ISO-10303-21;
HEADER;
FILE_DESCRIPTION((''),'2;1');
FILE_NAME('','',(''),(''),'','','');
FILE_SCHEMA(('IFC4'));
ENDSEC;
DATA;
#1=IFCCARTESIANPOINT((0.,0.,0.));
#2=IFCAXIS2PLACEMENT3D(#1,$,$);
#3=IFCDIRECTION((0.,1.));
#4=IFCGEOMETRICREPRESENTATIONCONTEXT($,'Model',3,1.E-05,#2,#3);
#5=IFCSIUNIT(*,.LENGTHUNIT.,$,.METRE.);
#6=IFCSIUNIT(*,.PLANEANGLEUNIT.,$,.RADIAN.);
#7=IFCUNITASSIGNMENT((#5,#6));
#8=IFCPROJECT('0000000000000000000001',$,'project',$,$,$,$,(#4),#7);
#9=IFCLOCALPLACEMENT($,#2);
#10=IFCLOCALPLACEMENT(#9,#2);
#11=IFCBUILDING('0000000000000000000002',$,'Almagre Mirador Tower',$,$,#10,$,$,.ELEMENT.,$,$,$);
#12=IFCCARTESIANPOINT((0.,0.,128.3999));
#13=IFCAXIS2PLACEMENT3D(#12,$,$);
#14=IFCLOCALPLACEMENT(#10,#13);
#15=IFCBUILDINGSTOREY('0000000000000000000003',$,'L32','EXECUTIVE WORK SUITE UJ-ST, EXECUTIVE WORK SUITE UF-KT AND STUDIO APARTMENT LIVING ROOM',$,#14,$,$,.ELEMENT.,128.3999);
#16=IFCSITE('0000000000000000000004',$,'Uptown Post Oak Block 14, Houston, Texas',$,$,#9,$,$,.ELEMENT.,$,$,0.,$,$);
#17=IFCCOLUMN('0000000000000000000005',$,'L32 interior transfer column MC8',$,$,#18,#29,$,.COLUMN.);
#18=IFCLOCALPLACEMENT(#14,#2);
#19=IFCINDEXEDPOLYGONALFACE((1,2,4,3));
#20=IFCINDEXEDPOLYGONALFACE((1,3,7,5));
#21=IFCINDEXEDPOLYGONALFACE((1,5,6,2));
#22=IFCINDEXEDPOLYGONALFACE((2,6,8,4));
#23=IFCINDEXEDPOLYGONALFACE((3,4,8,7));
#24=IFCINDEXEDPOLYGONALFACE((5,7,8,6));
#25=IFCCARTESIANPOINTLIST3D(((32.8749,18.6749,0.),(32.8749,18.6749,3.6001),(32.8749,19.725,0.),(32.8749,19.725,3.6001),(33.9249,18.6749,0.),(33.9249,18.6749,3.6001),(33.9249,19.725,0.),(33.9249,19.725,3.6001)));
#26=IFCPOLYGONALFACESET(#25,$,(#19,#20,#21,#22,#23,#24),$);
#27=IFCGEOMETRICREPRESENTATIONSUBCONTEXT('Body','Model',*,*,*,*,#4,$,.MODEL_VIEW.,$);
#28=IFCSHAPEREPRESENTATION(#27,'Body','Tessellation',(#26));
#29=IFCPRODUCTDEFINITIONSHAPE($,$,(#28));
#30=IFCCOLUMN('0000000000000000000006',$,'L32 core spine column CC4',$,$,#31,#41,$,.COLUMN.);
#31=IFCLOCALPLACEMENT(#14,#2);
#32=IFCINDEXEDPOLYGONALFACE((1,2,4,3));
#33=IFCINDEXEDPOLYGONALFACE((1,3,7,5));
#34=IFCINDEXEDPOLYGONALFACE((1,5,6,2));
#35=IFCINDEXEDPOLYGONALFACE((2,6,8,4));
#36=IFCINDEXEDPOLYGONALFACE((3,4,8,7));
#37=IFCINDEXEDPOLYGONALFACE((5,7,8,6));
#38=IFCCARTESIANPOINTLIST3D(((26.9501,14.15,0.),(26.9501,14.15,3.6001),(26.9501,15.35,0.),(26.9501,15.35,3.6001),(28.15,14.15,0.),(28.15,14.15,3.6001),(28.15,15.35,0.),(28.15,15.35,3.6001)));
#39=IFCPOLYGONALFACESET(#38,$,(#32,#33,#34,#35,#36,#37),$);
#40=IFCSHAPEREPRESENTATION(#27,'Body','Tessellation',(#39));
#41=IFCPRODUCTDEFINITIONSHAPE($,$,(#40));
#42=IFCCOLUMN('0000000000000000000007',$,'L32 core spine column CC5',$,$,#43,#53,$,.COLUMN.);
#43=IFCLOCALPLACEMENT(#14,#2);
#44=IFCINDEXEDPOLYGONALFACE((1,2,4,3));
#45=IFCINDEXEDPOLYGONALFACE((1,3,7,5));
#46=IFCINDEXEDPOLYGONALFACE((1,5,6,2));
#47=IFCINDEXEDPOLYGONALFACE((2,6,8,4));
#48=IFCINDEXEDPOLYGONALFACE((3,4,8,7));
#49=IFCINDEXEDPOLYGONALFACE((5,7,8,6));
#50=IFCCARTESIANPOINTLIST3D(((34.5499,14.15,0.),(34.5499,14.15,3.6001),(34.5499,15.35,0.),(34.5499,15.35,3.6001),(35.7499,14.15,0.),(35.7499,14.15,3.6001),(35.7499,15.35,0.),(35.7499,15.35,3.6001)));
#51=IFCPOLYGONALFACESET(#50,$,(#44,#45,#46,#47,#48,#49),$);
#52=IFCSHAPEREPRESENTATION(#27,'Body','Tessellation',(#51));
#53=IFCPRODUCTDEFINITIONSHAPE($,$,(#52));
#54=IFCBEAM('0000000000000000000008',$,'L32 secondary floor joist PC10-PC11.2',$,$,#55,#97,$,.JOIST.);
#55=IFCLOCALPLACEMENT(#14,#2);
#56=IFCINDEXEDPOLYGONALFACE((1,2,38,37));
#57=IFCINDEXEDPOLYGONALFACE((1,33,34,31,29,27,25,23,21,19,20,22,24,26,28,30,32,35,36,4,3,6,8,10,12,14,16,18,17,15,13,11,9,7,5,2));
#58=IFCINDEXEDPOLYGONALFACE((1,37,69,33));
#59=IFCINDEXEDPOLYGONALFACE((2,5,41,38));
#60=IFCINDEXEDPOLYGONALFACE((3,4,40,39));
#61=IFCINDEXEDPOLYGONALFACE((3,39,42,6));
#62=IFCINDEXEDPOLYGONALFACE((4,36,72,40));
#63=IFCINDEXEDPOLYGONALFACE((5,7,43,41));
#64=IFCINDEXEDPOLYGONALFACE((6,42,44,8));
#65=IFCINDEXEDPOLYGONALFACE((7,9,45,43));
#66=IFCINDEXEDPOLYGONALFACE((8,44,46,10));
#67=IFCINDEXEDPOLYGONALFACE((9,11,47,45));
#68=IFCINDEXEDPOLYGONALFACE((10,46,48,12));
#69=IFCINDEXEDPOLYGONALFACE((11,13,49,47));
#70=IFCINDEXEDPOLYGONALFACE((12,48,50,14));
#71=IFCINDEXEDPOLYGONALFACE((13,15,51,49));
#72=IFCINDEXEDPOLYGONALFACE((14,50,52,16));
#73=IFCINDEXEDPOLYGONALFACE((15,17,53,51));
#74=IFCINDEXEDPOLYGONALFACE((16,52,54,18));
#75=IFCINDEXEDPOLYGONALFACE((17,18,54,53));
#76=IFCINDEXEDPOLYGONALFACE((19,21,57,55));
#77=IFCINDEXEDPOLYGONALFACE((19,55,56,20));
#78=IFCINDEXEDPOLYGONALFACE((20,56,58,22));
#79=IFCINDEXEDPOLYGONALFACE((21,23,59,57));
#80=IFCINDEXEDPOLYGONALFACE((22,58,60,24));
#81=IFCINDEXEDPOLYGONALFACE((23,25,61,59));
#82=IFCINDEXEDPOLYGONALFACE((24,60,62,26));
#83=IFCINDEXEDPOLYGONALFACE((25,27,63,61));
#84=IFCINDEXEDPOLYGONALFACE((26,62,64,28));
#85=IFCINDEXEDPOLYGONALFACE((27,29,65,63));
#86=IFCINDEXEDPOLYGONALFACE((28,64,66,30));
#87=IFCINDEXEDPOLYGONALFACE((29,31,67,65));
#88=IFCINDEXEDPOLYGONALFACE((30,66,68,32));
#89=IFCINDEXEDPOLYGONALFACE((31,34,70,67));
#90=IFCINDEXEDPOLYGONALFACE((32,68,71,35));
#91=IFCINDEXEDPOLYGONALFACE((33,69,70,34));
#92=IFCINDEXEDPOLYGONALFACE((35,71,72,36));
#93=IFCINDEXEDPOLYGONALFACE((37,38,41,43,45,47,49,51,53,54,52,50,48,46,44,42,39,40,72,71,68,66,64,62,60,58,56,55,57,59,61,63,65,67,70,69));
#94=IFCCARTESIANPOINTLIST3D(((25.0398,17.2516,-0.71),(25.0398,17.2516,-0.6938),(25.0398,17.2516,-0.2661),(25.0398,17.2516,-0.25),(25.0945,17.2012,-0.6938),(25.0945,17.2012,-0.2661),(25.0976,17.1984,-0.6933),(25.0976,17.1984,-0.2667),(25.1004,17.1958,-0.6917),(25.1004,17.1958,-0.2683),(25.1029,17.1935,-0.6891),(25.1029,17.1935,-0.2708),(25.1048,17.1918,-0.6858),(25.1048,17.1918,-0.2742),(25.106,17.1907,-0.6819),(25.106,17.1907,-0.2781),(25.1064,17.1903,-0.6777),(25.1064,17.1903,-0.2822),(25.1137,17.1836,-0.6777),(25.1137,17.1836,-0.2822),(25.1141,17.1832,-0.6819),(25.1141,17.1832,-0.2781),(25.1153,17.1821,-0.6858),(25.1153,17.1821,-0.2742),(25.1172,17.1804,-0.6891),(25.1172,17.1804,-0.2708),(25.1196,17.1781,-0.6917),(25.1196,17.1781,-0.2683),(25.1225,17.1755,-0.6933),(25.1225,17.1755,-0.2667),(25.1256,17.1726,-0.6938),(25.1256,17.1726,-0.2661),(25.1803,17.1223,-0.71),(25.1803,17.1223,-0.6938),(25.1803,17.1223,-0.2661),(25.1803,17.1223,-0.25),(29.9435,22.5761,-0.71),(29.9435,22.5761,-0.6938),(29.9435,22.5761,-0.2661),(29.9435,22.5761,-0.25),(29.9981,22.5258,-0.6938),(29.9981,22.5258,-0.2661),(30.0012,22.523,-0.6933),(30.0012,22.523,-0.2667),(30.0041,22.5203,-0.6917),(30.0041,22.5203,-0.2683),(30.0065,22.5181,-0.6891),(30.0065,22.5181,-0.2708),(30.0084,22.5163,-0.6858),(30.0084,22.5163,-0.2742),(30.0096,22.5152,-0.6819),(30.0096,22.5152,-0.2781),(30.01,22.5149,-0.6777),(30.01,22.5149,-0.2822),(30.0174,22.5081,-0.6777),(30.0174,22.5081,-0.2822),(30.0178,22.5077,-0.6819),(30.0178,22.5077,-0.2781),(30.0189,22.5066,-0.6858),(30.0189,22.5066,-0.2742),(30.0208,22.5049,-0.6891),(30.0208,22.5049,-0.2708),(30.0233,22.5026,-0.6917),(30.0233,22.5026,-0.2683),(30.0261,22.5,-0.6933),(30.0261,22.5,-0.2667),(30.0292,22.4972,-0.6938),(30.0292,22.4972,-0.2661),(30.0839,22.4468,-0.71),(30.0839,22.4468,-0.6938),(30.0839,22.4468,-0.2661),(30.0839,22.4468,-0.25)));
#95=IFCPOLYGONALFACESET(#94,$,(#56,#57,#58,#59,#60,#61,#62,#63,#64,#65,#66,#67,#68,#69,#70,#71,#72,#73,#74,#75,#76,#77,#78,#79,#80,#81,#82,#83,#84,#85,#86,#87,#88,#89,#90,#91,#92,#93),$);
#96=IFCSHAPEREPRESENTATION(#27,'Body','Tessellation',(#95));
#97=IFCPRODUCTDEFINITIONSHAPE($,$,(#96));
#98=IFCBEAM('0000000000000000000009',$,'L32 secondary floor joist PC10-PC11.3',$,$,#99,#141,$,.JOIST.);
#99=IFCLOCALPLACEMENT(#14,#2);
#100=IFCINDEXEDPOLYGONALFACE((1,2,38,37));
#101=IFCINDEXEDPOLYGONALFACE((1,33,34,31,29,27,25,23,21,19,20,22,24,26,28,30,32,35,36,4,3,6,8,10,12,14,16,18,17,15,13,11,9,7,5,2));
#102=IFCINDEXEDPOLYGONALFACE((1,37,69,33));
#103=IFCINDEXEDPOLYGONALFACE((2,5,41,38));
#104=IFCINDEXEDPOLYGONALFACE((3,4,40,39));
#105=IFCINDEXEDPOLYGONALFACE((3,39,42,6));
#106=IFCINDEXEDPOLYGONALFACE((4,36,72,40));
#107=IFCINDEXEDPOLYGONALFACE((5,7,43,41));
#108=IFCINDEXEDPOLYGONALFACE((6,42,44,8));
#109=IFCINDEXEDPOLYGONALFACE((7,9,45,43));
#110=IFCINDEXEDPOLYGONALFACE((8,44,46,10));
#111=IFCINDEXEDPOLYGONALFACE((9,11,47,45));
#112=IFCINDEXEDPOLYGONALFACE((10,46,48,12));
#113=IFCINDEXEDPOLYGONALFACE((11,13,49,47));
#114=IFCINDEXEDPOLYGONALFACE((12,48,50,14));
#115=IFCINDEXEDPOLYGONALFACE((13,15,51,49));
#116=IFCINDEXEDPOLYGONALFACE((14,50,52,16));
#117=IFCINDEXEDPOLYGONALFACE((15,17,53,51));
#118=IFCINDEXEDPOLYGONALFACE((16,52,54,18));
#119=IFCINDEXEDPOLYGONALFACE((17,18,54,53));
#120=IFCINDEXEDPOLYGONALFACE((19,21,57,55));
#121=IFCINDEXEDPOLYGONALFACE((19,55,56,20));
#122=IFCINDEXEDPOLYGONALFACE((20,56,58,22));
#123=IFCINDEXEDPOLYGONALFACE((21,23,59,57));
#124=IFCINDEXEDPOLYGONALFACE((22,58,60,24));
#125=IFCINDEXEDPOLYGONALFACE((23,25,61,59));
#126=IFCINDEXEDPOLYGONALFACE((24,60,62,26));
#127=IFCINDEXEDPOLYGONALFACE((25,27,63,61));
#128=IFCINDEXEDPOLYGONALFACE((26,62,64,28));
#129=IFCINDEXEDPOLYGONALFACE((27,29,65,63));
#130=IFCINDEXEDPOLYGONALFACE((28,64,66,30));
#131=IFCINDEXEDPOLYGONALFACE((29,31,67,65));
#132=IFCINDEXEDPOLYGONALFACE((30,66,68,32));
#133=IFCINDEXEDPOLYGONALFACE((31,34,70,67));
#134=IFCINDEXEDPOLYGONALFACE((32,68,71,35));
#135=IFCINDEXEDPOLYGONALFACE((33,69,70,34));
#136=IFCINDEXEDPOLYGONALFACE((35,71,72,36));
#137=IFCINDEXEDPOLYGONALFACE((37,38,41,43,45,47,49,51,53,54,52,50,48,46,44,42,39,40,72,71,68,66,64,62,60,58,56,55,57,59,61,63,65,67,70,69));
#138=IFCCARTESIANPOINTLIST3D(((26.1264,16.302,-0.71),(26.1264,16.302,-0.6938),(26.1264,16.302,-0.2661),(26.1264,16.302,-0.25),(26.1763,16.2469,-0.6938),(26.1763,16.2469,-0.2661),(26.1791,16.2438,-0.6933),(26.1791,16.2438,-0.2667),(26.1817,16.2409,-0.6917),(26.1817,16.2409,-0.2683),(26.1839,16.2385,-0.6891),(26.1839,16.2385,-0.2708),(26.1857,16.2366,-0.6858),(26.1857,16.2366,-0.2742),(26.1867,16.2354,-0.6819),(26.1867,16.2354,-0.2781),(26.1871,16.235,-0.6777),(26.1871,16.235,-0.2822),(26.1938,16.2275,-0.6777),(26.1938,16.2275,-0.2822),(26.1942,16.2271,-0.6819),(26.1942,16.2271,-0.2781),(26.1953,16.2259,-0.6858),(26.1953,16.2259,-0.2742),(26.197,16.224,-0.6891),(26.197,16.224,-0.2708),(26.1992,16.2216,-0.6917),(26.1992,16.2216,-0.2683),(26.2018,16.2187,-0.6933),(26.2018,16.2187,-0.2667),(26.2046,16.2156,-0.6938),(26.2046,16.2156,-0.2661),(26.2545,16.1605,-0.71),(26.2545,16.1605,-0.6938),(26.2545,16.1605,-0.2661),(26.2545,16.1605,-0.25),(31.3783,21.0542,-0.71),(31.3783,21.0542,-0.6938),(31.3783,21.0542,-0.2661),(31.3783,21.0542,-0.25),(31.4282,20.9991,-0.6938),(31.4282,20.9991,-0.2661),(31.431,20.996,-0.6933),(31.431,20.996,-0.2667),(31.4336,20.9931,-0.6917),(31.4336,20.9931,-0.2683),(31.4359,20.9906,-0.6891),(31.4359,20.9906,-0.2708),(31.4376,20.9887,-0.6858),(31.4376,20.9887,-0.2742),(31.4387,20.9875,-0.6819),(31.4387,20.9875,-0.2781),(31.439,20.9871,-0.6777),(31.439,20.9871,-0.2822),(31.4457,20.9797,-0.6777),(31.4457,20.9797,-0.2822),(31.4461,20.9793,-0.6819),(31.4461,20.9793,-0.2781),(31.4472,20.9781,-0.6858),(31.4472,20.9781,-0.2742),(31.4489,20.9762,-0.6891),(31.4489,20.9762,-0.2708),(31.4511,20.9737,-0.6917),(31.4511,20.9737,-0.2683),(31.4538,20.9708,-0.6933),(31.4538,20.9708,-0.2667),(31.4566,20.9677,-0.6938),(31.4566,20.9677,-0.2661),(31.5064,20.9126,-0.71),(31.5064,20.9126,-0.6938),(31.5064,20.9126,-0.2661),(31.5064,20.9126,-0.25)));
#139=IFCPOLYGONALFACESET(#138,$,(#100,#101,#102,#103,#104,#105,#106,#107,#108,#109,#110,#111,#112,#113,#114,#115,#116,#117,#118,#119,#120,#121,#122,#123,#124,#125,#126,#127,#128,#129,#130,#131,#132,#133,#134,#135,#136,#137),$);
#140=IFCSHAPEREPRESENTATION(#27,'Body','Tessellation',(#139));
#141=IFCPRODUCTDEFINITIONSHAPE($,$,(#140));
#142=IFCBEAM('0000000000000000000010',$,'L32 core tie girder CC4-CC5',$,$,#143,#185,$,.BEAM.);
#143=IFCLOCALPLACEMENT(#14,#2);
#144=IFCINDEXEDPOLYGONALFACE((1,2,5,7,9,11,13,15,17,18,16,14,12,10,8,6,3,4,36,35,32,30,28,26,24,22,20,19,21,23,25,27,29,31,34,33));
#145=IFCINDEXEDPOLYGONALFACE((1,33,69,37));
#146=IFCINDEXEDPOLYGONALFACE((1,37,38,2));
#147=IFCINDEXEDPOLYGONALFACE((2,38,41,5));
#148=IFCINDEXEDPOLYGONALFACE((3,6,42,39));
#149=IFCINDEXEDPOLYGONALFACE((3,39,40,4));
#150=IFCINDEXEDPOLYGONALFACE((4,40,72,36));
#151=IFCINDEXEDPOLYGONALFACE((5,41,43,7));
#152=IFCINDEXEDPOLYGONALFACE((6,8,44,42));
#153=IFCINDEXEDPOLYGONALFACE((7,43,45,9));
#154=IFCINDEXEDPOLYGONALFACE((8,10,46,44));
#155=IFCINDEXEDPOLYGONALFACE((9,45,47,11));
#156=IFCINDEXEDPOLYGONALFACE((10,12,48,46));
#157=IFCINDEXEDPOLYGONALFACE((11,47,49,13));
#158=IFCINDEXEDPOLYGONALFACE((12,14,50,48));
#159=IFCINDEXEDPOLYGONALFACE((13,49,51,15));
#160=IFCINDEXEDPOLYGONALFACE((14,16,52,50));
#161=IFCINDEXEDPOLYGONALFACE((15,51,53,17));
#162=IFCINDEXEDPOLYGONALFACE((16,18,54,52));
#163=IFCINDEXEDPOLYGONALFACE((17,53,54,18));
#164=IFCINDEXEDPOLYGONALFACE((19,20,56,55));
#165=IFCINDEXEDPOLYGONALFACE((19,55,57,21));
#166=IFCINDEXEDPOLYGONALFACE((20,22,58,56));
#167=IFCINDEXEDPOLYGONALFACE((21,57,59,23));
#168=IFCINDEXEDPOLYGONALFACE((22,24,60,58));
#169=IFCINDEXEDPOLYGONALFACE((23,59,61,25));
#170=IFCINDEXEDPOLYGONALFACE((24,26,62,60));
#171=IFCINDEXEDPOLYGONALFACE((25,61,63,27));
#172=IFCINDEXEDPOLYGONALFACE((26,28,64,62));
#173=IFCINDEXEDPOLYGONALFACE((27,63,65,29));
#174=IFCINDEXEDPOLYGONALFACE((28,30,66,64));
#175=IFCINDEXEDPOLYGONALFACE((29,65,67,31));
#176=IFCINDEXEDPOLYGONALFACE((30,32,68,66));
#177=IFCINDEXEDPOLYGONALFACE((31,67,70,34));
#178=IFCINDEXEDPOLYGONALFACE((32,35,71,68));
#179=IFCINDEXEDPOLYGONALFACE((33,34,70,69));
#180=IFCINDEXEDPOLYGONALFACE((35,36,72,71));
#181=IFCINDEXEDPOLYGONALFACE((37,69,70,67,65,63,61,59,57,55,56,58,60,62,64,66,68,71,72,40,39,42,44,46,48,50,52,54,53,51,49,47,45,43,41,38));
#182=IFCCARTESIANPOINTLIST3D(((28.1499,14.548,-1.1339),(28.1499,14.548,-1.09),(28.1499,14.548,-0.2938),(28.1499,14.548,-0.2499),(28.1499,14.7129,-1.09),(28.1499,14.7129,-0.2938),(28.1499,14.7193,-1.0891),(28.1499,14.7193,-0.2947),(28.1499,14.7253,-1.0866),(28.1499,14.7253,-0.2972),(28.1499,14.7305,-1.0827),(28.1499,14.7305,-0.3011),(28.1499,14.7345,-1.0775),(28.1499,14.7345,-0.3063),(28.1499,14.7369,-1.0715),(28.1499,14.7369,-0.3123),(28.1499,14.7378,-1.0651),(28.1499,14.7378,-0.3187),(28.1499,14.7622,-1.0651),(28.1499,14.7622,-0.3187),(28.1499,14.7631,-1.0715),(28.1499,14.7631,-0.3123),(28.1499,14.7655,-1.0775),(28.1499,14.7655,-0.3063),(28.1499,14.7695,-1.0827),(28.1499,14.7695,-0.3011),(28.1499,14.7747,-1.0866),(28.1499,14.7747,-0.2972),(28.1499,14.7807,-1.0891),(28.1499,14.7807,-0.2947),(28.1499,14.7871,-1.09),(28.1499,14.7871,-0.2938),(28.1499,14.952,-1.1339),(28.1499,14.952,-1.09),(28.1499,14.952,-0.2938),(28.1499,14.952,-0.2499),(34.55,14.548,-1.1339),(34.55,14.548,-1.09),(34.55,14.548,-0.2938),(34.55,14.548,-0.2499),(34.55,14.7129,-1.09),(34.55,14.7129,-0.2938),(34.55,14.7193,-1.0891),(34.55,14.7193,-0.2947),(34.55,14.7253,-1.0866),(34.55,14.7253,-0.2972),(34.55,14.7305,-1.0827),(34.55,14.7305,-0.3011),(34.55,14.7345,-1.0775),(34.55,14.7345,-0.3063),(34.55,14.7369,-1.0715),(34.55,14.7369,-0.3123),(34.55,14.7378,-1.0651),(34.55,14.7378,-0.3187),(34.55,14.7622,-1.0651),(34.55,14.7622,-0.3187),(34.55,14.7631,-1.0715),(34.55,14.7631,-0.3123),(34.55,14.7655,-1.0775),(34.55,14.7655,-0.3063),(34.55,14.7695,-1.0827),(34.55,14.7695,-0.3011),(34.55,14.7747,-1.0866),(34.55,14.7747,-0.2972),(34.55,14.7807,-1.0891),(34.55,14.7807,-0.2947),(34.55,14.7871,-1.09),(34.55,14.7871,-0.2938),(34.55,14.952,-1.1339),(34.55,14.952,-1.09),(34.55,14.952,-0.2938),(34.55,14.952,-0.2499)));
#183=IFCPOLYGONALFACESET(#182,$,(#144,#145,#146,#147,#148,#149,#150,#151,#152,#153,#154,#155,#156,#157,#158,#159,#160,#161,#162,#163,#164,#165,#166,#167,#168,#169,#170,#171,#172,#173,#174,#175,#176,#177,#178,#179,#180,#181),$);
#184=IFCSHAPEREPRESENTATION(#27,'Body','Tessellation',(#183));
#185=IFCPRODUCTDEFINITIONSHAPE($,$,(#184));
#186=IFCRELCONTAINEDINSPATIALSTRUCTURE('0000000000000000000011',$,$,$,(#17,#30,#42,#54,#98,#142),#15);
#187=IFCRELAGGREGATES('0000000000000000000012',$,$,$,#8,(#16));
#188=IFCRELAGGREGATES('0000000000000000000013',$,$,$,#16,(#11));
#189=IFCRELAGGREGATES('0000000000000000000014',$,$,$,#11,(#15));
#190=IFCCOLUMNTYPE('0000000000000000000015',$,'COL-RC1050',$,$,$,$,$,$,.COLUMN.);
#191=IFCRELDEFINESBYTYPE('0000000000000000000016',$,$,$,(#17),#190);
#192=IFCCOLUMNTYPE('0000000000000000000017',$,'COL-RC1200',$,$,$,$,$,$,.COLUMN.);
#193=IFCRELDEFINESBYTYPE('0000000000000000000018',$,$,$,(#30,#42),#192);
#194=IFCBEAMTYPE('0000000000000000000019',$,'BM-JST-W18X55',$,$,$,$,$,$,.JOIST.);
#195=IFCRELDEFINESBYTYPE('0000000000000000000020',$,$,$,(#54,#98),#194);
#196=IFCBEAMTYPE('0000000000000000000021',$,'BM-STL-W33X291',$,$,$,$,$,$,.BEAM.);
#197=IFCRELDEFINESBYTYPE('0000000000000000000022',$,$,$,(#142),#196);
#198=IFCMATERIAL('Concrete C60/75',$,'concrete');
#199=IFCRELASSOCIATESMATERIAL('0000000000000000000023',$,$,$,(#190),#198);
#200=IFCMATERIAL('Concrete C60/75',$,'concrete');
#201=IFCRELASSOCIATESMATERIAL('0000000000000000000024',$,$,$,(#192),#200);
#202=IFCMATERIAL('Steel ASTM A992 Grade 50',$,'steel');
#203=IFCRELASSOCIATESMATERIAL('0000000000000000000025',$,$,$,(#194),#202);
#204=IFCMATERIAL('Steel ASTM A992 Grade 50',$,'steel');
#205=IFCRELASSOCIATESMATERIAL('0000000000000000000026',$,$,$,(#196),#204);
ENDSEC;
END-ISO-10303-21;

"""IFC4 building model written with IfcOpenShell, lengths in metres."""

from ifc_helpers import new_model, si_unit, direction, frame, origin, origin_2d, place, context, subcontext, project, spatial, rectangle, i_section, extrude, material, material_profile, profile_set, type_object, element, save


model = new_model("IFC4")

# Units and contexts
model_context = context("Model", 3, precision=1e-05, world=origin(), true_north=direction((0.0, 1.0)))
body_context = subcontext(model_context, "Body", "Model", "MODEL_VIEW")
ifc_project = project(units=[si_unit("LENGTHUNIT", "METRE"), si_unit("PLANEANGLEUNIT", "RADIAN")], contexts=[model_context])

# Site, building, storey
site_placement = place(None, origin())
site = spatial("IfcSite", under=ifc_project, at=site_placement, Name="Uptown Post Oak Block 14, Houston, Texas", CompositionType="ELEMENT", RefElevation=0.0)
building_placement = place(site_placement, origin())
building = spatial("IfcBuilding", under=site, at=building_placement, Name="Almagre Mirador Tower", CompositionType="ELEMENT")
storey_placement = place(building_placement, frame((0.0, 0.0, 128.3999)))
storey = spatial("IfcBuildingStorey", under=building, at=storey_placement, Name="L32", Description="EXECUTIVE WORK SUITE UJ-ST, EXECUTIVE WORK SUITE UF-KT AND STUDIO APARTMENT LIVING ROOM", CompositionType="ELEMENT", Elevation=128.3999)

# Columns
ifc_material_1 = material(Name="Concrete C60/75", Category="concrete")
ifc_material_profile_1 = material_profile(ifc_material_1, rectangle(XDim=1.05, YDim=1.05, at=origin_2d()), Name="RC1050X1050")
ifc_profile_set_1 = profile_set([ifc_material_profile_1], Name="Concrete C60/75")
column_type_1 = type_object("IfcColumnType", Name="COL-RC1050", PredefinedType="COLUMN", material=ifc_profile_set_1)
column_placement = place(storey_placement, frame((33.3999, 19.2, 0.0), z_axis=(0.0, 0.0, 1.0), x_axis=(1.0, 0.0, 0.0)))
element("IfcColumn", 1, at=column_placement, inside=storey, type_object=column_type_1, Name="L32 interior transfer column MC8", PredefinedType="COLUMN", context=body_context, shape_type="SweptSolid", body=[
    extrude(rectangle(XDim=1.05, YDim=1.05, at=origin_2d()), origin(), (0.0, 0.0, 1.0), 3.6001),
])
ifc_material_2 = material(Name="Concrete C60/75", Category="concrete")
ifc_material_profile_2 = material_profile(ifc_material_2, rectangle(XDim=1.2, YDim=1.2, at=origin_2d()), Name="RC1200X1200")
ifc_profile_set_2 = profile_set([ifc_material_profile_2], Name="Concrete C60/75")
column_type_2 = type_object("IfcColumnType", Name="COL-RC1200", PredefinedType="COLUMN", material=ifc_profile_set_2)
for number, where, z_axis, x_axis, name in (
    (2, (27.55, 14.75, 0.0), (0.0, 0.0, 1.0), (1.0, 0.0, 0.0), "L32 core spine column CC4"),
    (3, (35.1499, 14.75, 0.0), (0.0, 0.0, 1.0), (1.0, 0.0, 0.0), "L32 core spine column CC5"),
):
    element("IfcColumn", number, at=place(storey_placement, frame(where, z_axis=z_axis, x_axis=x_axis)), inside=storey, type_object=column_type_2, Name=name, PredefinedType="COLUMN", context=body_context, shape_type="SweptSolid", body=[
        extrude(rectangle(XDim=1.2, YDim=1.2, at=origin_2d()), origin(), (0.0, 0.0, 1.0), 3.6001),
    ])

# Beams
ifc_material_3 = material(Name="Steel ASTM A992 Grade 50", Category="steel")
ifc_material_profile_3 = material_profile(ifc_material_3, i_section(OverallWidth=0.1909, OverallDepth=0.46, WebThickness=0.01, FlangeThickness=0.0161, FilletRadius=0.0161, at=origin_2d()), Name="W18X55")
ifc_profile_set_3 = profile_set([ifc_material_profile_3], Name="Steel ASTM A992 Grade 50")
beam_type_1 = type_object("IfcBeamType", Name="BM-JST-W18X55", PredefinedType="JOIST", material=ifc_profile_set_3)
beam_1_placement = place(storey_placement, frame((30.0137, 22.5115, -0.48), z_axis=(-0.677435, -0.735583, 0.0), x_axis=(0.735583, -0.677435, 0.0)))
element("IfcBeam", 4, at=beam_1_placement, inside=storey, type_object=beam_type_1, Name="L32 secondary floor joist PC10-PC11.2", PredefinedType="JOIST", context=body_context, shape_type="SweptSolid", body=[
    extrude(i_section(OverallWidth=0.1909, OverallDepth=0.46, WebThickness=0.01, FlangeThickness=0.0161, FilletRadius=0.0161, at=origin_2d()), origin(), (0.0, 0.0, 1.0), 7.2385),
])
beam_2_placement = place(storey_placement, frame((31.4424, 20.9834, -0.48), z_axis=(-0.741506, -0.670947, 0.0), x_axis=(0.670947, -0.741506, 0.0)))
element("IfcBeam", 5, at=beam_2_placement, inside=storey, type_object=beam_type_1, Name="L32 secondary floor joist PC10-PC11.3", PredefinedType="JOIST", context=body_context, shape_type="SweptSolid", body=[
    extrude(i_section(OverallWidth=0.1909, OverallDepth=0.46, WebThickness=0.01, FlangeThickness=0.0161, FilletRadius=0.0161, at=origin_2d()), origin(), (0.0, 0.0, 1.0), 7.0828),
])
ifc_material_4 = material(Name="Steel ASTM A992 Grade 50", Category="steel")
ifc_material_profile_4 = material_profile(ifc_material_4, i_section(OverallWidth=0.4041, OverallDepth=0.884, WebThickness=0.0244, FlangeThickness=0.0439, FilletRadius=0.0249, at=origin_2d()), Name="W33X291")
ifc_profile_set_4 = profile_set([ifc_material_profile_4], Name="Steel ASTM A992 Grade 50")
beam_type_2 = type_object("IfcBeamType", Name="BM-STL-W33X291", PredefinedType="BEAM", material=ifc_profile_set_4)
beam_3_placement = place(storey_placement, frame((28.1499, 14.75, -0.6919), z_axis=(1.0, 0.0, 0.0), x_axis=(0.0, 1.0, 0.0)))
element("IfcBeam", 6, at=beam_3_placement, inside=storey, type_object=beam_type_2, Name="L32 core tie girder CC4-CC5", PredefinedType="BEAM", context=body_context, shape_type="SweptSolid", body=[
    extrude(i_section(OverallWidth=0.4041, OverallDepth=0.884, WebThickness=0.0244, FlangeThickness=0.0439, FilletRadius=0.0249, at=origin_2d()), origin(), (0.0, 0.0, 1.0), 6.4001),
])

save(model, "model.ifc")
